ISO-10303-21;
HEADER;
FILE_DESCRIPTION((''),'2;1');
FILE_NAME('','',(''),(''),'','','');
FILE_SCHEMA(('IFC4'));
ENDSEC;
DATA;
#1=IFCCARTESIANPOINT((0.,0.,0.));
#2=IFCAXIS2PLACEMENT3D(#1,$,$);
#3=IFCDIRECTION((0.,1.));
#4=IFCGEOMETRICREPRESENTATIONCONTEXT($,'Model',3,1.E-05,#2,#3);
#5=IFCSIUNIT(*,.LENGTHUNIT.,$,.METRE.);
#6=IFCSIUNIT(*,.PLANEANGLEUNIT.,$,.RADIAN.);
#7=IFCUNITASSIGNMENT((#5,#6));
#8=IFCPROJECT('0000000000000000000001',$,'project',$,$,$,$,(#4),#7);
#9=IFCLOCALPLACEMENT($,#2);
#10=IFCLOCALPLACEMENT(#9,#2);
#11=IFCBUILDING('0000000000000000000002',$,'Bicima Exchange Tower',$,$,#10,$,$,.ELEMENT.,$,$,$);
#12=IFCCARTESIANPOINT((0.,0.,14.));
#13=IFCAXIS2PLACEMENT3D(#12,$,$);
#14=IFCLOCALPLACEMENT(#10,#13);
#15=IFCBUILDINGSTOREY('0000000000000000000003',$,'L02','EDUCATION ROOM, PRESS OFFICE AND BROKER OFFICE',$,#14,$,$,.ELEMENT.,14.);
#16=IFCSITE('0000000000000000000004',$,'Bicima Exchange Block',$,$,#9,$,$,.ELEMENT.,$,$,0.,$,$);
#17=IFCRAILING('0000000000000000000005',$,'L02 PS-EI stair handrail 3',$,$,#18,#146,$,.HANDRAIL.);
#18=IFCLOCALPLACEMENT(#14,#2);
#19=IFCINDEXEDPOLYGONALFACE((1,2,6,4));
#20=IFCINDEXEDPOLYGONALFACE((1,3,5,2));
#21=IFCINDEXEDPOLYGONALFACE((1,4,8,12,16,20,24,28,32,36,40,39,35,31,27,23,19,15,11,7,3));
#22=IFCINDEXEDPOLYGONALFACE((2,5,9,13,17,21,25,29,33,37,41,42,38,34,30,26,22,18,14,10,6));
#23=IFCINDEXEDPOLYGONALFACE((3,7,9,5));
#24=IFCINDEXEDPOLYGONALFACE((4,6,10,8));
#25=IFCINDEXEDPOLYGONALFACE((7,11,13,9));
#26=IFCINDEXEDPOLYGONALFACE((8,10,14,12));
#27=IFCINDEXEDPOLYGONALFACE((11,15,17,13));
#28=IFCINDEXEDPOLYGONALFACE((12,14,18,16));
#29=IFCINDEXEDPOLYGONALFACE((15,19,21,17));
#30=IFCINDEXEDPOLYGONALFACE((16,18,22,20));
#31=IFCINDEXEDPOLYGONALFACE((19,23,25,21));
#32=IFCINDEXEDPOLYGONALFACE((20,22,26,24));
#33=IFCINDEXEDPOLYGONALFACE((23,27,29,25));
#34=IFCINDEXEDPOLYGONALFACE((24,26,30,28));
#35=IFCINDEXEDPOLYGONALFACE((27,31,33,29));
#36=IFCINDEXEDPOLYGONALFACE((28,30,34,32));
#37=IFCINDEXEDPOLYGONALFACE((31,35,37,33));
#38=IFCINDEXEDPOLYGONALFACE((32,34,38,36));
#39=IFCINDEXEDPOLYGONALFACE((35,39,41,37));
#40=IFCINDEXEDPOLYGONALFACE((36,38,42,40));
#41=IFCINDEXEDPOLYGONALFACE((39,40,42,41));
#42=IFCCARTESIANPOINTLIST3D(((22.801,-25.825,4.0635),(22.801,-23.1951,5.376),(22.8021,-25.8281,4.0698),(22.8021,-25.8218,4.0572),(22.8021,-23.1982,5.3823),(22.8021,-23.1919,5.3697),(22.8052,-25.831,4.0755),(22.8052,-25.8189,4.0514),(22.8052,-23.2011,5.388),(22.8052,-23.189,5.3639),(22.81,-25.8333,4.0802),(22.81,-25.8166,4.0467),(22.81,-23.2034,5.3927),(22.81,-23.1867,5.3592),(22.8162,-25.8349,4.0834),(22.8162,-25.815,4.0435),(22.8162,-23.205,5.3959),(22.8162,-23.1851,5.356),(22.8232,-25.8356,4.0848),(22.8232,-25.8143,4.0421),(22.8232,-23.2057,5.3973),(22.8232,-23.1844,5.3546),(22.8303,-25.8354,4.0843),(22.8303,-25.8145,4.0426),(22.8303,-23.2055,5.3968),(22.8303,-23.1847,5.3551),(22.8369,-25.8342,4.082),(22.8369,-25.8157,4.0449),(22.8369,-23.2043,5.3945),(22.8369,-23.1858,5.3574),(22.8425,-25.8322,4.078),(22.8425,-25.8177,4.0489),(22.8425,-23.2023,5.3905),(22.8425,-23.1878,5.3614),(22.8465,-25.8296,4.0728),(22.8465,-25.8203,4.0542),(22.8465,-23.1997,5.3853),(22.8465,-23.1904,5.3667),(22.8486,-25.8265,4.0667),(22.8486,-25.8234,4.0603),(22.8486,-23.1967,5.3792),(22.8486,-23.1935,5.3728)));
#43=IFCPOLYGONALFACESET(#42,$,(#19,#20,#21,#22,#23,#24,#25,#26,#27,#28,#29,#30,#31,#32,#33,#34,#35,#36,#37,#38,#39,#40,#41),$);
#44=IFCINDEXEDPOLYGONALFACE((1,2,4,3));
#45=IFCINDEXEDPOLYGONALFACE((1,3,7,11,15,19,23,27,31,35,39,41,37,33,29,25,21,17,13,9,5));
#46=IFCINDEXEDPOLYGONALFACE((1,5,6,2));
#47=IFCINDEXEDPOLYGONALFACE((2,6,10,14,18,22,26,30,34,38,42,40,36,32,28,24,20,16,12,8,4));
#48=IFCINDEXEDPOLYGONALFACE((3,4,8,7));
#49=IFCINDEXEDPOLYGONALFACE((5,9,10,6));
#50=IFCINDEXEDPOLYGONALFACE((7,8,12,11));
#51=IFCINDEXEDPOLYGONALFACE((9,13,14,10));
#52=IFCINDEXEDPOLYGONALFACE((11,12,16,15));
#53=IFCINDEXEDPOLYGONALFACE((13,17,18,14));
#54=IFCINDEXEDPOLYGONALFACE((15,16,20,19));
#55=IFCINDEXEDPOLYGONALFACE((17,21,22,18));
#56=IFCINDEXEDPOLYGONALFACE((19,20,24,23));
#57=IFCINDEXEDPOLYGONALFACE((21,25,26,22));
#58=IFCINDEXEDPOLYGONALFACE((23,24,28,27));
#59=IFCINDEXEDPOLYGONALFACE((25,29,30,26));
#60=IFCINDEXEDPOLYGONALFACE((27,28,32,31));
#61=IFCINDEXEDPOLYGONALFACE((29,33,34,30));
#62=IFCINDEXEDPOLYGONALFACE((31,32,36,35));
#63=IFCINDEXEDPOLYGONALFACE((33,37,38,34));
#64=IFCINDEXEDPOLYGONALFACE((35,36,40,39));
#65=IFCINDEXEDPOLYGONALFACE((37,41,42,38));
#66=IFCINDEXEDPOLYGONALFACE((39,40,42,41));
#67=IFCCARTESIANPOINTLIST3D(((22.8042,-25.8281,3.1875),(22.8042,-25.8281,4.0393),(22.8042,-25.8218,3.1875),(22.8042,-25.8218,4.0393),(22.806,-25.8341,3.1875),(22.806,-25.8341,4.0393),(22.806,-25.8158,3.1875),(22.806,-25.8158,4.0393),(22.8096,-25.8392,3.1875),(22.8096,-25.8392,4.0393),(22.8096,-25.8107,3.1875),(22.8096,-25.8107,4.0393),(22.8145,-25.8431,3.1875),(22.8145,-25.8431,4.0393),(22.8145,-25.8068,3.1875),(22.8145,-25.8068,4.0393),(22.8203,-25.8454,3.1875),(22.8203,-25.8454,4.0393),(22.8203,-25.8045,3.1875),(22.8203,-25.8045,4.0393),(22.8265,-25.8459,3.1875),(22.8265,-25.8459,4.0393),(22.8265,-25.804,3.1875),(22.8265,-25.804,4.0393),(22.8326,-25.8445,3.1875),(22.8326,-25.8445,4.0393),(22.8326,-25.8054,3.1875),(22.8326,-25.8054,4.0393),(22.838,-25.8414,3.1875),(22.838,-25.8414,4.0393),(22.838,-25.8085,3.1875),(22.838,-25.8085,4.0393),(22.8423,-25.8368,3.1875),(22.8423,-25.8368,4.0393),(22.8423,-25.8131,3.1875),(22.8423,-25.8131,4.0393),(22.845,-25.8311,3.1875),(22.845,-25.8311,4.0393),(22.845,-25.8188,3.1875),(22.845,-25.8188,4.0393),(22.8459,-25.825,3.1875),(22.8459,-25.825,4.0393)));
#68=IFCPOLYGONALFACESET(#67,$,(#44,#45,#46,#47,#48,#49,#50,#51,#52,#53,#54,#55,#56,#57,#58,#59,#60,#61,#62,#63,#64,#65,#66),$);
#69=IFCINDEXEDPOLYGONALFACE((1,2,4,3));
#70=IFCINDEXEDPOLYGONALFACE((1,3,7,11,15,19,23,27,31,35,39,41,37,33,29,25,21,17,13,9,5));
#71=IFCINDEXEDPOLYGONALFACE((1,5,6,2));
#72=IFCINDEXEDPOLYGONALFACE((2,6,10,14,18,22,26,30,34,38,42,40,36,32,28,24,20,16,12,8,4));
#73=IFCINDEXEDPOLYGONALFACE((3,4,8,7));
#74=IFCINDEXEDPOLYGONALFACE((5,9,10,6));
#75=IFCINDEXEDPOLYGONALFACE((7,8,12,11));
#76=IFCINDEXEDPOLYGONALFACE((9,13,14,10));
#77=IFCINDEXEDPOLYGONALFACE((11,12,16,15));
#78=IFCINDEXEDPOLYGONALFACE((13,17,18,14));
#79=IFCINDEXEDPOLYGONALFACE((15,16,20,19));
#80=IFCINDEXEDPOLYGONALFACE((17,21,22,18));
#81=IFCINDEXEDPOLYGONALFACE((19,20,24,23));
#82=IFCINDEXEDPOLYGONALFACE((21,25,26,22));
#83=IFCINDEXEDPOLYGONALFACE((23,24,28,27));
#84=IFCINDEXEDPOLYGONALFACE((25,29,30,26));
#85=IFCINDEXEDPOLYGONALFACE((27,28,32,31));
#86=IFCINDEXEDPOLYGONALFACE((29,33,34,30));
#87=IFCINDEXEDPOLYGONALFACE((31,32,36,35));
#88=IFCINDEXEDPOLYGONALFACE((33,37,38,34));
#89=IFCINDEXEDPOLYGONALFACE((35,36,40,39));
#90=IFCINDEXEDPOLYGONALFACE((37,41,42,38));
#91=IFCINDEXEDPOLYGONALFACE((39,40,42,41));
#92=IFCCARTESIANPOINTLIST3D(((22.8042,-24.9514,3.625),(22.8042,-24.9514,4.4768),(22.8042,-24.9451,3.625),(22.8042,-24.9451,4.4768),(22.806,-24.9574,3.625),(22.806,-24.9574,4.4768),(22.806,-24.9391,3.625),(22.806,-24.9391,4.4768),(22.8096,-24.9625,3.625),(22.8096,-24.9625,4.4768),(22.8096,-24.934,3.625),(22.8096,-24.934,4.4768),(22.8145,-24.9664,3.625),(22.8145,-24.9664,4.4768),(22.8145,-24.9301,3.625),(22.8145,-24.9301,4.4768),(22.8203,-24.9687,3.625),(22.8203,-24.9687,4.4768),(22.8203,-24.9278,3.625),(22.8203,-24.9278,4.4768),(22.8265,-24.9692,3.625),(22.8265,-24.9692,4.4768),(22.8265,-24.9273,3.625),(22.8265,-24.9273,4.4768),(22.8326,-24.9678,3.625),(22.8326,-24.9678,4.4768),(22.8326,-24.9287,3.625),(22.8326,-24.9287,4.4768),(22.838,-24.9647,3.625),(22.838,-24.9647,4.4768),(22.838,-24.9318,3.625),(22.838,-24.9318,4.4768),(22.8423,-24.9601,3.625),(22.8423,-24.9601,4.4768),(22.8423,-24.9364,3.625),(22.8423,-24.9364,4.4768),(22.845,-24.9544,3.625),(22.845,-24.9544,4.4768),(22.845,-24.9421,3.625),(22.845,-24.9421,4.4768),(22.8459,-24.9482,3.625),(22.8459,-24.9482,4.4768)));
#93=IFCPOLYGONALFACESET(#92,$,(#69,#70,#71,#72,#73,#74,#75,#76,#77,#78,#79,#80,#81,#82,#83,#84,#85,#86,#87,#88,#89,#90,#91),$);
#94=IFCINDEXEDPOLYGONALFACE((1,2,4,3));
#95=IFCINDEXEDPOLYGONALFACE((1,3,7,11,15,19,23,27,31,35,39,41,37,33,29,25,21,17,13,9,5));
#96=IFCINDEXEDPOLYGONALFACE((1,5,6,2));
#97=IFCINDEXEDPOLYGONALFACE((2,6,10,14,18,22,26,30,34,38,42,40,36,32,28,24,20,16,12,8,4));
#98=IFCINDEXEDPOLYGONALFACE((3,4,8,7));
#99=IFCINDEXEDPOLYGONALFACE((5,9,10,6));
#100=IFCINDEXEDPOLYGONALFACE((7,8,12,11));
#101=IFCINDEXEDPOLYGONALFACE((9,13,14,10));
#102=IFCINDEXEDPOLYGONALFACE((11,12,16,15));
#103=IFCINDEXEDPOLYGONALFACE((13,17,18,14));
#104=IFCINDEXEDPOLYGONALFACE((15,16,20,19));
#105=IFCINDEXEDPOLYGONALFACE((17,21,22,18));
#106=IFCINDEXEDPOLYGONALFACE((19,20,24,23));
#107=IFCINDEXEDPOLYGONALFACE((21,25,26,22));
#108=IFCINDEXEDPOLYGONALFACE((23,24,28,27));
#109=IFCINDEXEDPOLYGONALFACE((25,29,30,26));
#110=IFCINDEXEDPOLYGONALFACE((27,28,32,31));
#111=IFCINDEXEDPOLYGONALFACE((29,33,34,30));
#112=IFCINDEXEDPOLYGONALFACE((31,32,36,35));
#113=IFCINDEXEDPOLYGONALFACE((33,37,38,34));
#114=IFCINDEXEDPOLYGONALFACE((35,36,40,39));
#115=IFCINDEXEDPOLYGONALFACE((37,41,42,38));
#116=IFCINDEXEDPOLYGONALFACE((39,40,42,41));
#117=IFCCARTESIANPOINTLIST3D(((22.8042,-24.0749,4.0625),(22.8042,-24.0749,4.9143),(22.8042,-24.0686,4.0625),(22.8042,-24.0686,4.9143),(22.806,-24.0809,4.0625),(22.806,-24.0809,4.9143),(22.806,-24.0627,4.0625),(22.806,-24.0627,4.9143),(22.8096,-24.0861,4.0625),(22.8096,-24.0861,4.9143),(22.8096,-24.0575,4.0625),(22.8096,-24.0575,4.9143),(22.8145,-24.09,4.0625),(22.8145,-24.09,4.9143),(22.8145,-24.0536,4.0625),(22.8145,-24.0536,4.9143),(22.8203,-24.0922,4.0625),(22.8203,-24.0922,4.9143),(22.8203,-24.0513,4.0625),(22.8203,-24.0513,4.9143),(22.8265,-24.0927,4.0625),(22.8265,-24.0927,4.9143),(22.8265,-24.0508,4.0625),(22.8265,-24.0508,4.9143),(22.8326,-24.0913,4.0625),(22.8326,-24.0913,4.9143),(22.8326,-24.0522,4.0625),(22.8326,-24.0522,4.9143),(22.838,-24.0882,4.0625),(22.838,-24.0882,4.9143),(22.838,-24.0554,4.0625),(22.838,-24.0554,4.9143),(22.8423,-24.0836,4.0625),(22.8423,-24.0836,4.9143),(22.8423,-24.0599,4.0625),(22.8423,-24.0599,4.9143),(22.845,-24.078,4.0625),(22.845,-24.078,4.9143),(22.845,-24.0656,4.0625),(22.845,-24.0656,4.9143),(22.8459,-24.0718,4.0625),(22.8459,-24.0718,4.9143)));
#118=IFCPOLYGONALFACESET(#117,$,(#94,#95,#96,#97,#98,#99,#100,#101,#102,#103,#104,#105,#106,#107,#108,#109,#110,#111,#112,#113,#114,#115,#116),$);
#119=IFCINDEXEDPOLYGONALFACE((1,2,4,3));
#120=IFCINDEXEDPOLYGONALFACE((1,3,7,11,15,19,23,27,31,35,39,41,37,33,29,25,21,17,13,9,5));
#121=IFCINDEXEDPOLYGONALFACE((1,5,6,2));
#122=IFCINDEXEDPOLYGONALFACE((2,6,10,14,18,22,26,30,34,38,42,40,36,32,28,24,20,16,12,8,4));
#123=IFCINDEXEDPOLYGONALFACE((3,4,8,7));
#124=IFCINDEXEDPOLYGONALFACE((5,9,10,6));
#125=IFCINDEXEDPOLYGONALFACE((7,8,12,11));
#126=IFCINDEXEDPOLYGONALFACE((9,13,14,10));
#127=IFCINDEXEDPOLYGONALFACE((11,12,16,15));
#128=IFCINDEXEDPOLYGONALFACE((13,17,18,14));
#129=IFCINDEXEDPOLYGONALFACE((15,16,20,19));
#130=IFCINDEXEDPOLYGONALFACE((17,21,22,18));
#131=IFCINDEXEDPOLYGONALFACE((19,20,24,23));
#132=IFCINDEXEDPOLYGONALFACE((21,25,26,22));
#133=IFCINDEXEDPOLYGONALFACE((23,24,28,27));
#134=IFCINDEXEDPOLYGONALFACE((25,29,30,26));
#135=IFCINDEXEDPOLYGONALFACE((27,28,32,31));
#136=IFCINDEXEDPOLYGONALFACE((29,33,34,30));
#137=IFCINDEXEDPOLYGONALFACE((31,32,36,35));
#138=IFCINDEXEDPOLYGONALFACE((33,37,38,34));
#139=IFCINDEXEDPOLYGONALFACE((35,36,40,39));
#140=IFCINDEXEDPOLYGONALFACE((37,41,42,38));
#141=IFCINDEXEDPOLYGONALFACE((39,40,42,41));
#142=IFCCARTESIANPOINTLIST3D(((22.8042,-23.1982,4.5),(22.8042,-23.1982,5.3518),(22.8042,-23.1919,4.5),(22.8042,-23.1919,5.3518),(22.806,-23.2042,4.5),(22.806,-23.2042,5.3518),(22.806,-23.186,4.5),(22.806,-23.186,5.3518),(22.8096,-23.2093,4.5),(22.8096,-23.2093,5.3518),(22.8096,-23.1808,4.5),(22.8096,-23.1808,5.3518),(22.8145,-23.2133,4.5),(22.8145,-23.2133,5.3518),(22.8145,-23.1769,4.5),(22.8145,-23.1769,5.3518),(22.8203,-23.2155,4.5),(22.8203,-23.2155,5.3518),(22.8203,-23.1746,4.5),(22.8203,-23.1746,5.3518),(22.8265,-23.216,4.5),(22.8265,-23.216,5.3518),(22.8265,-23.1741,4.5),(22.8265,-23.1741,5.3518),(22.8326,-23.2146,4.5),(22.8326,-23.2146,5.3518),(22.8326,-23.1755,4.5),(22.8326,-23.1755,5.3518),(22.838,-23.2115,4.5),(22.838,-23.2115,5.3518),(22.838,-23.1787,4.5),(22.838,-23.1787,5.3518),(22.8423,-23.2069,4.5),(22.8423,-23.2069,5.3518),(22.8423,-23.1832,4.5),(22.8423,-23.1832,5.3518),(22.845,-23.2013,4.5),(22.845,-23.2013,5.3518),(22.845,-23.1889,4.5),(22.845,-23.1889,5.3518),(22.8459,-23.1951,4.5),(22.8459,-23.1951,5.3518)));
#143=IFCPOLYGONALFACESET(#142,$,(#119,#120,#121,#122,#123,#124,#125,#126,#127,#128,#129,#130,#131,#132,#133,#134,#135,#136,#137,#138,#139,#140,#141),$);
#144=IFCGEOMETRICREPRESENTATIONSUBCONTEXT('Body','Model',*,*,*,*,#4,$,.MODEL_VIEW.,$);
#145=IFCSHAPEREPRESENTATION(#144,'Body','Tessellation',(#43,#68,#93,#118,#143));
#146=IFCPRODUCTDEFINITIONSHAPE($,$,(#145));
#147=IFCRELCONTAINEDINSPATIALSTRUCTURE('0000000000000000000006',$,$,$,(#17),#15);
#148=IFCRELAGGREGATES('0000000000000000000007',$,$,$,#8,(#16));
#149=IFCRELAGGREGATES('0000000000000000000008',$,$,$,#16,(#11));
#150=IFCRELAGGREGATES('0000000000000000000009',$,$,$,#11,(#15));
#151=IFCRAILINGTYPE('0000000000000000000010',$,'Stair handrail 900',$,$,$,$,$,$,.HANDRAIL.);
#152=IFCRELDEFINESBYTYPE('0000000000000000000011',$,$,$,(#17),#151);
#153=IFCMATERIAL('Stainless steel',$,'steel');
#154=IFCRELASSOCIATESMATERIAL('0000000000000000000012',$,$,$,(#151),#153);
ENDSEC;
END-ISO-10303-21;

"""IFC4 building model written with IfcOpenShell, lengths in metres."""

from ifc_helpers import new_model, si_unit, direction, frame, origin, origin_2d, place, context, subcontext, project, spatial, circle, extrude, material, type_object, element, save


model = new_model("IFC4")

# Units and contexts
model_context = context("Model", 3, precision=1e-05, world=origin(), true_north=direction((0.0, 1.0)))
body_context = subcontext(model_context, "Body", "Model", "MODEL_VIEW")
ifc_project = project(units=[si_unit("LENGTHUNIT", "METRE"), si_unit("PLANEANGLEUNIT", "RADIAN")], contexts=[model_context])

# Site, building, storey
site_placement = place(None, origin())
site = spatial("IfcSite", under=ifc_project, at=site_placement, Name="Bicima Exchange Block", CompositionType="ELEMENT", RefElevation=0.0)
building_placement = place(site_placement, origin())
building = spatial("IfcBuilding", under=site, at=building_placement, Name="Bicima Exchange Tower", CompositionType="ELEMENT")
storey_placement = place(building_placement, frame((0.0, 0.0, 14.0)))
storey = spatial("IfcBuildingStorey", under=building, at=storey_placement, Name="L02", Description="EDUCATION ROOM, PRESS OFFICE AND BROKER OFFICE", CompositionType="ELEMENT", Elevation=14.0)

# Railing
ifc_material_1 = material(Name="Stainless steel", Category="steel")
railing_type_1 = type_object("IfcRailingType", Name="Stair handrail 900", PredefinedType="HANDRAIL", material=ifc_material_1)
railing_1_placement = place(storey_placement, frame((22.825, -25.825, 3.1875)))
element("IfcRailing", 1, at=railing_1_placement, inside=storey, type_object=railing_type_1, Name="L02 PS-EI stair handrail 3", PredefinedType="HANDRAIL", context=body_context, shape_type="SweptSolid", body=[
    extrude(circle(Radius=0.0239, at=origin_2d()), frame((0.0, 0.0, 0.876), z_axis=(0.0, 0.894759, 0.446549), x_axis=(-1.0, 0.0, 0.0)), (0.0, 0.0, 1.0), 2.9392),
    extrude(circle(Radius=0.021, at=origin_2d()), origin(), (0.0, 0.0, 1.0), 0.8518),
    extrude(circle(Radius=0.021, at=origin_2d()), frame((0.0, 0.8767, 0.4375)), (0.0, 0.0, 1.0), 0.8518),
    extrude(circle(Radius=0.021, at=origin_2d()), frame((0.0, 1.7532, 0.875)), (0.0, 0.0, 1.0), 0.8518),
    extrude(circle(Radius=0.021, at=origin_2d()), frame((0.0, 2.6299, 1.3125)), (0.0, 0.0, 1.0), 0.8518),
])

save(model, "model.ifc")
